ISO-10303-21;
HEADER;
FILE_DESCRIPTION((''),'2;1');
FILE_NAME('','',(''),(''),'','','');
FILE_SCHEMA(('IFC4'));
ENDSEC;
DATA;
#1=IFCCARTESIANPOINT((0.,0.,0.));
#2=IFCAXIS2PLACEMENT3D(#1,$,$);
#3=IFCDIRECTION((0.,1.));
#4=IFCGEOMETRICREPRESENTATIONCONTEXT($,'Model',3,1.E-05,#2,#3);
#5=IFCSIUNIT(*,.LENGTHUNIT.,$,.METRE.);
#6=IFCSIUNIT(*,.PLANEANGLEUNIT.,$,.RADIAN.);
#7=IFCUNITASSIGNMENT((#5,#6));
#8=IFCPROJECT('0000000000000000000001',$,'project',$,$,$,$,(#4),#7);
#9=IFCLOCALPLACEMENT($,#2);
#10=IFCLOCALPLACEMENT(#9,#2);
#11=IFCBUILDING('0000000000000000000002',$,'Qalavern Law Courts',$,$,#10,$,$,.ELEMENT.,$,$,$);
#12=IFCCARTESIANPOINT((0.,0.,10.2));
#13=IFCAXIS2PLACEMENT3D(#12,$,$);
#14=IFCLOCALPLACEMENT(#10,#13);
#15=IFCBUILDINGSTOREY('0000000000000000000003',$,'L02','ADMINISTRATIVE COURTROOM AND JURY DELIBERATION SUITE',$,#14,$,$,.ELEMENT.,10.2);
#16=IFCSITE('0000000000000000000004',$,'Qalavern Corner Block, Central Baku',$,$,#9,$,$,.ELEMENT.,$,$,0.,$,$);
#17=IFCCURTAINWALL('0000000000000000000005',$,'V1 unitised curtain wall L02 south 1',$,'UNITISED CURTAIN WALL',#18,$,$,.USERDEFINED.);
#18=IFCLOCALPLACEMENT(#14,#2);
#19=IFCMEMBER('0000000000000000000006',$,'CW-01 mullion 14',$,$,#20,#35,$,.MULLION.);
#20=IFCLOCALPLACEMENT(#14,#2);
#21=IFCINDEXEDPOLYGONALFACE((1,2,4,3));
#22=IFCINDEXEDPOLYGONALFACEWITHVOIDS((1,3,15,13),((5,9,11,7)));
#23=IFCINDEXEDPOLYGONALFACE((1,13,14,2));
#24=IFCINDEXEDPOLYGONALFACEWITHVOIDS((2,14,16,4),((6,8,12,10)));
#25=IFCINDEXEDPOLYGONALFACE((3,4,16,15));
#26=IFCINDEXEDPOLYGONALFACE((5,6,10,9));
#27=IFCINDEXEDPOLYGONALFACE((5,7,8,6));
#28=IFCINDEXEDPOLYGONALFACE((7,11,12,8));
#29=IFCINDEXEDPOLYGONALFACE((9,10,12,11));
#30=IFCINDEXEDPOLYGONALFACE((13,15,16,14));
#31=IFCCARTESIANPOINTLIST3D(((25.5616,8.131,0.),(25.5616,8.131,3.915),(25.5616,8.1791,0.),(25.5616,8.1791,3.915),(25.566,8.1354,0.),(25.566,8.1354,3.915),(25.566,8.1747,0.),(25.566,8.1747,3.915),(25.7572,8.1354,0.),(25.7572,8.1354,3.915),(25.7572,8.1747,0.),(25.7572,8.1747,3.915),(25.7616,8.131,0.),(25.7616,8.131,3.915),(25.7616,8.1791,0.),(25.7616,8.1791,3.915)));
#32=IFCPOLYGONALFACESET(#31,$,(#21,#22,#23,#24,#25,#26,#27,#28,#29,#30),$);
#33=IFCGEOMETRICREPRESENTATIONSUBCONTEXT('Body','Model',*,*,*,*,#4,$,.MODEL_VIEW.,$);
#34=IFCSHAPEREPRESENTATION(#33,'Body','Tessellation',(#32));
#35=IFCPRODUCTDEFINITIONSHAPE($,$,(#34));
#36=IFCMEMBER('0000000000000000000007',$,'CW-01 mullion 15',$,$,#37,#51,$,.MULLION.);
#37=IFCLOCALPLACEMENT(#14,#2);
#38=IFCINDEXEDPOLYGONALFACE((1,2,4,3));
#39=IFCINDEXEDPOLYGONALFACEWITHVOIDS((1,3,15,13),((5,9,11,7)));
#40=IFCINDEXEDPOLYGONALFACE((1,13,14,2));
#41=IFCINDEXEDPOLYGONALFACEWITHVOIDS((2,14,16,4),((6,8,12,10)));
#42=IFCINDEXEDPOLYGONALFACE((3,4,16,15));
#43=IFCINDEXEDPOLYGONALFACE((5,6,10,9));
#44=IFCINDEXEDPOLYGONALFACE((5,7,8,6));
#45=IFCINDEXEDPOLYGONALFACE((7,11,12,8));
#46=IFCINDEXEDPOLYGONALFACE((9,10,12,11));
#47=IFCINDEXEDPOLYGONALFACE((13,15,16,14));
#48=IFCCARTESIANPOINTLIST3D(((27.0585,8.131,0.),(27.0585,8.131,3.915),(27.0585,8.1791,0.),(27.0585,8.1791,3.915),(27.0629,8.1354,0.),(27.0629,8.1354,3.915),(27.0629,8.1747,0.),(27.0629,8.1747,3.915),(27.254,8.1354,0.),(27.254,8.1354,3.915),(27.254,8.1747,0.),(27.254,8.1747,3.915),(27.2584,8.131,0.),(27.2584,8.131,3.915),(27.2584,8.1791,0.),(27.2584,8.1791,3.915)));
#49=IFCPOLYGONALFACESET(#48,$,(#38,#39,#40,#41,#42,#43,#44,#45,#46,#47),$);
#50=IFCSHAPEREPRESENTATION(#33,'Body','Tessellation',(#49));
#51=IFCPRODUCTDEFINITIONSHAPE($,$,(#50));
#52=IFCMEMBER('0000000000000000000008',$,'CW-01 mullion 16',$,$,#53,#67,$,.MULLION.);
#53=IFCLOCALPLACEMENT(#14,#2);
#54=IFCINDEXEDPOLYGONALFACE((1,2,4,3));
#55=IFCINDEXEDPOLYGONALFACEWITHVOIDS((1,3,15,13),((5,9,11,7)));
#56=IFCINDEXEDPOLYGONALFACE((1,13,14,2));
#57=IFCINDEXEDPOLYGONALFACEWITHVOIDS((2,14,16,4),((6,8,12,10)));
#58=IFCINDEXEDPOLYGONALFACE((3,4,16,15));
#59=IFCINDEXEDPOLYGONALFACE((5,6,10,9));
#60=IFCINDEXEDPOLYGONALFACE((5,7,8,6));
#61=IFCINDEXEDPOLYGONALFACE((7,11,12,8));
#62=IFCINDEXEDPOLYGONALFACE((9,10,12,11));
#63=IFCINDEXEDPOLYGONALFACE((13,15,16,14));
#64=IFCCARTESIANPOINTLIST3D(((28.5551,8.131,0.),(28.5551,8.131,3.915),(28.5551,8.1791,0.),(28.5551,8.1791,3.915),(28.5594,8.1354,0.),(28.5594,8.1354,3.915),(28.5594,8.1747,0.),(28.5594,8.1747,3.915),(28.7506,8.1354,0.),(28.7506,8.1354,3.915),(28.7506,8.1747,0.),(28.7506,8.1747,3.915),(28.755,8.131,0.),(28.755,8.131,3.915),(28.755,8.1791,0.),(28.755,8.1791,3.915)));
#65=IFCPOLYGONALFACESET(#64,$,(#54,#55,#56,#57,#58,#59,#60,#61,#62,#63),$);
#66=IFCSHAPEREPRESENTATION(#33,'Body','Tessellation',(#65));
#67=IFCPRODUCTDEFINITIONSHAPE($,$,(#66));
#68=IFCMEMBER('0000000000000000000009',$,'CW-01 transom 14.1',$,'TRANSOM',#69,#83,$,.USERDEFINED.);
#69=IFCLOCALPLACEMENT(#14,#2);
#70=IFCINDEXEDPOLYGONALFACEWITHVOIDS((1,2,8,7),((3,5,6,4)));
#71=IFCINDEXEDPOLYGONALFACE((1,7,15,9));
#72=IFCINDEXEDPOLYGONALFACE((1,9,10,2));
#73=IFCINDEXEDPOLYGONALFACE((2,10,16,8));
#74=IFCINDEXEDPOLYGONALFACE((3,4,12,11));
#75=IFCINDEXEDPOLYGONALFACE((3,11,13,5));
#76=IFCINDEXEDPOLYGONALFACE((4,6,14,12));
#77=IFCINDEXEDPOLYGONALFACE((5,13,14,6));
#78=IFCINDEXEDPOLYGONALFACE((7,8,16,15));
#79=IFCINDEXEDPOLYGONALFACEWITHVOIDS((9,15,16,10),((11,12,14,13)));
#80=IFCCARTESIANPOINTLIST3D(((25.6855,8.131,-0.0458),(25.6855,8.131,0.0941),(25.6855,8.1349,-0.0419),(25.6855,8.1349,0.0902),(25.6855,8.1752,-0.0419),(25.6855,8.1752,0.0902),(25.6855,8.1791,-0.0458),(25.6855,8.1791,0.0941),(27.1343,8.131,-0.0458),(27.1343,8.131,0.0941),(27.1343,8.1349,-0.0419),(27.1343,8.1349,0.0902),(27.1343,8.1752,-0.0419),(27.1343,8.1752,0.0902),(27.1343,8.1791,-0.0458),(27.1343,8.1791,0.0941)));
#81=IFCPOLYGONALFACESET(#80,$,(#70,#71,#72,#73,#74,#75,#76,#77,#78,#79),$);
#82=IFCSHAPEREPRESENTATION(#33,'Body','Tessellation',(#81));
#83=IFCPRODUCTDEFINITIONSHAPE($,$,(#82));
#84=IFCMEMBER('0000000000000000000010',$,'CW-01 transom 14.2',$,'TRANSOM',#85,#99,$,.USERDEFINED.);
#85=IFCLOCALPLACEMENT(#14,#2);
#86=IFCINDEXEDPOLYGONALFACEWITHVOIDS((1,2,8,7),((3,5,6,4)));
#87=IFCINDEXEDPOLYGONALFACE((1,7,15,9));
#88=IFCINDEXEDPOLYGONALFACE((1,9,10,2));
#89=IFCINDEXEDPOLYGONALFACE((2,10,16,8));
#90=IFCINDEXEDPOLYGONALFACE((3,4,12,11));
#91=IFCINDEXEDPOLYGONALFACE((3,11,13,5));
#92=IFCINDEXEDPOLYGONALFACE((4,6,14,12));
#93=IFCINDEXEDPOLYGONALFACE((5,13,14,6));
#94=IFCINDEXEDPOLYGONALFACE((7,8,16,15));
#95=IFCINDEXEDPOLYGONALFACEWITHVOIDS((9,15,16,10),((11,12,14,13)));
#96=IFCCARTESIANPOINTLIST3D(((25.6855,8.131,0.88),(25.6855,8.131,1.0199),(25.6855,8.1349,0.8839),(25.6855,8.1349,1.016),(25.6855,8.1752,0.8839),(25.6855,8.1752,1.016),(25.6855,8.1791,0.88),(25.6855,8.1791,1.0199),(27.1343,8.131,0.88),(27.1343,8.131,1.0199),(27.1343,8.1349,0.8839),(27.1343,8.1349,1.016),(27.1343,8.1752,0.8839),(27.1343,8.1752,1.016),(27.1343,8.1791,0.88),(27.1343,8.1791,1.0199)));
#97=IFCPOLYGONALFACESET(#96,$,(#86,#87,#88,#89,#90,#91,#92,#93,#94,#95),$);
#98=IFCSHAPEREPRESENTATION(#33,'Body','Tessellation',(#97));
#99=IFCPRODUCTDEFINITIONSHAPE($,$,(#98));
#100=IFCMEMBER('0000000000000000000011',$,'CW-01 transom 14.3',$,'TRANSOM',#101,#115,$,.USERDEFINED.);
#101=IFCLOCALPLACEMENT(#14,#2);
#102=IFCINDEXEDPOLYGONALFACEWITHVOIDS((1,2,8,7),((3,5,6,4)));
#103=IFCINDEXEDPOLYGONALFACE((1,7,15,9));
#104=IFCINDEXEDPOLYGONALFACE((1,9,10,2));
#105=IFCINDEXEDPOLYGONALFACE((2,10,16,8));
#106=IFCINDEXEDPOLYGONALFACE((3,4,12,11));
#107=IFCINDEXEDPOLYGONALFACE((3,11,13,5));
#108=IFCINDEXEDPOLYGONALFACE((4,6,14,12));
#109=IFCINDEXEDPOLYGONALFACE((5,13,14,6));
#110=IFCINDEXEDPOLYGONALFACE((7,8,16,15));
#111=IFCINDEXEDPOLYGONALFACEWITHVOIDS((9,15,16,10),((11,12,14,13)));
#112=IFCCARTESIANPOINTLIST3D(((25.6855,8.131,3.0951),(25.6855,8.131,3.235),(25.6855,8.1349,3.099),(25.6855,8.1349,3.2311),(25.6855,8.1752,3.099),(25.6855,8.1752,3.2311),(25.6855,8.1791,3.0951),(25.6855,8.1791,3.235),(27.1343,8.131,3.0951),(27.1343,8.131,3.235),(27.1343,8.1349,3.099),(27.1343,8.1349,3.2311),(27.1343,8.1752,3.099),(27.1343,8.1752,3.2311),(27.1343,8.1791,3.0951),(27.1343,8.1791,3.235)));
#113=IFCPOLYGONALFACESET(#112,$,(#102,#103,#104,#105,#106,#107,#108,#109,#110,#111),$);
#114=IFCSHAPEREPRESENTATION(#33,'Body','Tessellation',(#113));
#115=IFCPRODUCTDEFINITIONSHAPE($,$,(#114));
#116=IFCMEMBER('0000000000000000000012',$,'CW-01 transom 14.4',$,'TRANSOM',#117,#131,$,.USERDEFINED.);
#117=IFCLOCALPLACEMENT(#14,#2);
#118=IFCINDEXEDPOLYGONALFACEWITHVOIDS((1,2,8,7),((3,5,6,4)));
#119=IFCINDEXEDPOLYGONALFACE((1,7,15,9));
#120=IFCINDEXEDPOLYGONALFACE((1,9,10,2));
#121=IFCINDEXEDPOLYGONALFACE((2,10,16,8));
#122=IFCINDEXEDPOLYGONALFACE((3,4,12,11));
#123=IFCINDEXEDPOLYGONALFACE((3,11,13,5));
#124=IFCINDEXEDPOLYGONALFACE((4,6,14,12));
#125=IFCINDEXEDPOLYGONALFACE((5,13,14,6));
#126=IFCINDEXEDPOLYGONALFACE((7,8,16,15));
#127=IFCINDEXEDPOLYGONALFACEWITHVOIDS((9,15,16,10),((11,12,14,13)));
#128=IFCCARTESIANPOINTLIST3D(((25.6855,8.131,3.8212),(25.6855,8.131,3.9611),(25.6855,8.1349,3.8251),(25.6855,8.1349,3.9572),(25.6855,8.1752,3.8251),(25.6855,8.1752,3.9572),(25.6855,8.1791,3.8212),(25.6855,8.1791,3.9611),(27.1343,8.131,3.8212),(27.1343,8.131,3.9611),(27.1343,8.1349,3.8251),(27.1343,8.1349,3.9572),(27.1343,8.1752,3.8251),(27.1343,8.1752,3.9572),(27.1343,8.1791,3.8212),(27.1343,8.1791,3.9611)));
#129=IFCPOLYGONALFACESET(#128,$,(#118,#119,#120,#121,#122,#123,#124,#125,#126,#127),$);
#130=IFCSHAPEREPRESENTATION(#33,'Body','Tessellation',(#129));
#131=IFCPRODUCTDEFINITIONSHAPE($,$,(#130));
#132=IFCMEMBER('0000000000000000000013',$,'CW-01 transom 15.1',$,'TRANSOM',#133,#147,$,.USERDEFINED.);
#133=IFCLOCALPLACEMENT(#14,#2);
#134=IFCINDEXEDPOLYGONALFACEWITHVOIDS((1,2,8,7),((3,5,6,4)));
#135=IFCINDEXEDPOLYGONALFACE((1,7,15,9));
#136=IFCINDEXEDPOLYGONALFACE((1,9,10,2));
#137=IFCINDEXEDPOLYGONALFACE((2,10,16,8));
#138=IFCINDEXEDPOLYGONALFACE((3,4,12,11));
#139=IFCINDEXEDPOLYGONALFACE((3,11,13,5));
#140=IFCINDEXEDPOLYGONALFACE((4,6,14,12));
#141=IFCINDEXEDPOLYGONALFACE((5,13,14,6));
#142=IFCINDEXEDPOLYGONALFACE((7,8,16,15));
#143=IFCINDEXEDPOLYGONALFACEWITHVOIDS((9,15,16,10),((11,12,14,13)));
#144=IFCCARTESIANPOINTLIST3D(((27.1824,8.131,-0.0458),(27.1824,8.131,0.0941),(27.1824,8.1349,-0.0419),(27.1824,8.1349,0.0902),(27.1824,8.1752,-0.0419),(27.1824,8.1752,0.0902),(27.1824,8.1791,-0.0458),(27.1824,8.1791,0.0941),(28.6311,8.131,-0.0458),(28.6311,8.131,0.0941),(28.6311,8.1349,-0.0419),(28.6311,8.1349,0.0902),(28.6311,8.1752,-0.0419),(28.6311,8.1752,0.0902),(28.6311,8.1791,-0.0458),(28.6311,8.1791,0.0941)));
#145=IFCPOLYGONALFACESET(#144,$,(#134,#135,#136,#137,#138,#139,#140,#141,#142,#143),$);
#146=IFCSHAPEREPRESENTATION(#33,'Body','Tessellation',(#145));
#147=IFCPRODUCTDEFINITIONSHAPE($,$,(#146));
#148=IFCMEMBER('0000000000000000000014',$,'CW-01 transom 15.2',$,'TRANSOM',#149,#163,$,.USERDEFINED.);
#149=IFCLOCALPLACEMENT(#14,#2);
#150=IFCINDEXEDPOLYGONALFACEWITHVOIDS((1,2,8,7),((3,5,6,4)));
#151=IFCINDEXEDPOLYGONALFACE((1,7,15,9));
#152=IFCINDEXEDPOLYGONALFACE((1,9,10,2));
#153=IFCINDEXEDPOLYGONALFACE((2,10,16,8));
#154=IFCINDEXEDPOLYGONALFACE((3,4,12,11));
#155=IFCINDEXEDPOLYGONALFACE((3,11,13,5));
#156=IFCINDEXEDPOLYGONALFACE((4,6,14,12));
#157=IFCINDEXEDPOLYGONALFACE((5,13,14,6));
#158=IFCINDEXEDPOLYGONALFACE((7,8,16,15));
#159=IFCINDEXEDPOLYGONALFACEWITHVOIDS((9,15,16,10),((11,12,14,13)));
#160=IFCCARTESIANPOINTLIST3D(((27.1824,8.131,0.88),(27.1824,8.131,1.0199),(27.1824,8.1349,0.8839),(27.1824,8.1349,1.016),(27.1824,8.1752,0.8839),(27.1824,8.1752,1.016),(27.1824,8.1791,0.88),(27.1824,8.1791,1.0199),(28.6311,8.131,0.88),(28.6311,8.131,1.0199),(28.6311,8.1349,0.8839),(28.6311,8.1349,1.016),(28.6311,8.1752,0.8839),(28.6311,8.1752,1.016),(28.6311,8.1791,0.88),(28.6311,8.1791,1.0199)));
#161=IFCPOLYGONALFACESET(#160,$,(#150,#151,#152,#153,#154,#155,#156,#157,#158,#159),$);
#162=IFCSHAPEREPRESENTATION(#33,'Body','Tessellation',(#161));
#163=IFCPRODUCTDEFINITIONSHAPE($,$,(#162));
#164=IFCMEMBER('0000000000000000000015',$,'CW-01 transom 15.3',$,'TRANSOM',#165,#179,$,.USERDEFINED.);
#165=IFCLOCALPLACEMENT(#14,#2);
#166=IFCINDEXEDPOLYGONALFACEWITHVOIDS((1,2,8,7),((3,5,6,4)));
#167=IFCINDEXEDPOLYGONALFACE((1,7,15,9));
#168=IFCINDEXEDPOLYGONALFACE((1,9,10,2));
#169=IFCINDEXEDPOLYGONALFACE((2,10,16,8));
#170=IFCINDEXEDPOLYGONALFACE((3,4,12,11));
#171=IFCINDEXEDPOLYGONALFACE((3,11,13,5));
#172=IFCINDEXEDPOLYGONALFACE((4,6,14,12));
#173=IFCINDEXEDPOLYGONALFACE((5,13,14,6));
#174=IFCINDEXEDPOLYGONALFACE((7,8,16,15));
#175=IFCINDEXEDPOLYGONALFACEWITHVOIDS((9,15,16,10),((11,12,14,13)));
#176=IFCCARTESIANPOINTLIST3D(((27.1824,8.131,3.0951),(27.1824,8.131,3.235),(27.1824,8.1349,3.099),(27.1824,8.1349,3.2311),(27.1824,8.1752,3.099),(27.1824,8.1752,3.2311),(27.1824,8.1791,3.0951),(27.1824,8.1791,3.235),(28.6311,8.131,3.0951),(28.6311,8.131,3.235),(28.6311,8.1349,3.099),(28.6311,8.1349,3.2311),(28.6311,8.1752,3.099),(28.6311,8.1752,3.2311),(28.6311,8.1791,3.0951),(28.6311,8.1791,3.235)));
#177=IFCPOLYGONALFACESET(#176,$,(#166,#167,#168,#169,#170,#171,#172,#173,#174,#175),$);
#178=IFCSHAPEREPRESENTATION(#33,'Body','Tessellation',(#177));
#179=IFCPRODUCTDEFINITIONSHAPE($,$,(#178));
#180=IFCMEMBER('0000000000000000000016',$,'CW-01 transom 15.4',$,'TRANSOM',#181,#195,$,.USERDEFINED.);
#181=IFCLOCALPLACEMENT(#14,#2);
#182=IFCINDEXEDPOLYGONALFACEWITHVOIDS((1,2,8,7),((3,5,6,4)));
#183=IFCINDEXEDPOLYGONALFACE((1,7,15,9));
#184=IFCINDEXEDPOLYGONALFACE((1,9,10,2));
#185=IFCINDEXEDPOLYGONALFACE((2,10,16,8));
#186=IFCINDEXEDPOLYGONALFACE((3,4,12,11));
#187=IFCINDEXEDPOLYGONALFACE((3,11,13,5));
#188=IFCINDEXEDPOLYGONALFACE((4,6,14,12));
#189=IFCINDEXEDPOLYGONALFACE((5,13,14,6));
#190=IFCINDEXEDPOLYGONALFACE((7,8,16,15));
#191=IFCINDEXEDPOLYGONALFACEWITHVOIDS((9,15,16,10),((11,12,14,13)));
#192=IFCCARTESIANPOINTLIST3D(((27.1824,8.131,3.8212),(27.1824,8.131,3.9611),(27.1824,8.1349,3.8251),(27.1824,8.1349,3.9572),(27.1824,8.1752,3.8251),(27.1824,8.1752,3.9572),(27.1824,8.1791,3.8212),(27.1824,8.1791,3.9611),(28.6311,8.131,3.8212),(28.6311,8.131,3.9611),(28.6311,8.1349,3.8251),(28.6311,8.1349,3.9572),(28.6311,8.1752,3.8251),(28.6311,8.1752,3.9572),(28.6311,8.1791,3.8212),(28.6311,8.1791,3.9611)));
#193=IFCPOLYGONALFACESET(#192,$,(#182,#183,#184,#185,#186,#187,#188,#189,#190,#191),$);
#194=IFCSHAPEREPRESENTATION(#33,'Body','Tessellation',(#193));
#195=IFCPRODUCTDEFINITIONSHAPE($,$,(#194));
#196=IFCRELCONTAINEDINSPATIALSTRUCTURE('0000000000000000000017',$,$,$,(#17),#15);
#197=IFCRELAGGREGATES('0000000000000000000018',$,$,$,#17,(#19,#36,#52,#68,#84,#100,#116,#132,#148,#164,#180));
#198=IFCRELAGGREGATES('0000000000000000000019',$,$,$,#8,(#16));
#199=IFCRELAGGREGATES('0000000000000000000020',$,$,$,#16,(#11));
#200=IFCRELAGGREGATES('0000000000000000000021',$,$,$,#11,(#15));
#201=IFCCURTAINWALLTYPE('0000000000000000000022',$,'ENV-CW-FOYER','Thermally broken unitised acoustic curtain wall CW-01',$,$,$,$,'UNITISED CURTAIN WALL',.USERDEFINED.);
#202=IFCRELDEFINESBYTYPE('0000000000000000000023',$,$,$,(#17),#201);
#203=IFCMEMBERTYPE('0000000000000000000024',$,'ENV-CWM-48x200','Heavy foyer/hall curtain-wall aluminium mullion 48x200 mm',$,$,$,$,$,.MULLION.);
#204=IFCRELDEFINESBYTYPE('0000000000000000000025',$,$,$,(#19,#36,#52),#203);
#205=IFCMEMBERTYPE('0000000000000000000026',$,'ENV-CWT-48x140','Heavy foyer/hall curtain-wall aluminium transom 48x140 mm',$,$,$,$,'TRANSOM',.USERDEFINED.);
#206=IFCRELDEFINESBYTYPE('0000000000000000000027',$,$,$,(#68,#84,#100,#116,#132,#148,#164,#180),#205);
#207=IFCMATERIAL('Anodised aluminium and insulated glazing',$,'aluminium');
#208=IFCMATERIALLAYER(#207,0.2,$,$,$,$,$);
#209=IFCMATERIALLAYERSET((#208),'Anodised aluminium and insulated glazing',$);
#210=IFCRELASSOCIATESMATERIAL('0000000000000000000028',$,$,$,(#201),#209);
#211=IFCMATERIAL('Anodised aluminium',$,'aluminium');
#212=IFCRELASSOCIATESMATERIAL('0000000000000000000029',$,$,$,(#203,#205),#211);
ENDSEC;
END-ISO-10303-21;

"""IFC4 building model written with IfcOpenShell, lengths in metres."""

from ifc_helpers import new_model, si_unit, direction, frame, origin, origin_2d, place, context, subcontext, project, spatial, hollow_rectangle, extrude, material, layer, layer_set, material_profile, profile_set, type_object, element, aggregate, save


model = new_model("IFC4")

# Units and contexts
model_context = context("Model", 3, precision=1e-05, world=origin(), true_north=direction((0.0, 1.0)))
body_context = subcontext(model_context, "Body", "Model", "MODEL_VIEW")
ifc_project = project(units=[si_unit("LENGTHUNIT", "METRE"), si_unit("PLANEANGLEUNIT", "RADIAN")], contexts=[model_context])

# Site, building, storey
site_placement = place(None, origin())
site = spatial("IfcSite", under=ifc_project, at=site_placement, Name="Qalavern Corner Block, Central Baku", CompositionType="ELEMENT", RefElevation=0.0)
building_placement = place(site_placement, origin())
building = spatial("IfcBuilding", under=site, at=building_placement, Name="Qalavern Law Courts", CompositionType="ELEMENT")
storey_placement = place(building_placement, frame((0.0, 0.0, 10.2)))
storey = spatial("IfcBuildingStorey", under=building, at=storey_placement, Name="L02", Description="ADMINISTRATIVE COURTROOM AND JURY DELIBERATION SUITE", CompositionType="ELEMENT", Elevation=10.2)

# Curtain wall, members
ifc_material_1 = material(Name="Anodised aluminium and insulated glazing", Category="aluminium")
ifc_layer_1 = layer(ifc_material_1, 0.2)
ifc_layer_set_1 = layer_set([ifc_layer_1], Name="Anodised aluminium and insulated glazing")
curtain_wall_type = type_object("IfcCurtainWallType", Name="ENV-CW-FOYER", Description="Thermally broken unitised acoustic curtain wall CW-01", ElementType="UNITISED CURTAIN WALL", PredefinedType="USERDEFINED", material=ifc_layer_set_1)
curtain_wall_placement = place(storey_placement, origin())
curtain_wall = element("IfcCurtainWall", 1, at=curtain_wall_placement, inside=storey, type_object=curtain_wall_type, Name="V1 unitised curtain wall L02 south 1", ObjectType="UNITISED CURTAIN WALL", PredefinedType="USERDEFINED")
ifc_material_2 = material(Name="Anodised aluminium", Category="aluminium")
ifc_material_profile_1 = material_profile(ifc_material_2, hollow_rectangle(XDim=0.0481, YDim=0.2, WallThickness=0.0044, at=origin_2d()), Name="ALU MULLION 48x200")
ifc_profile_set_1 = profile_set([ifc_material_profile_1], Name="Anodised aluminium")
member_type_1 = type_object("IfcMemberType", Name="ENV-CWM-48x200", Description="Heavy foyer/hall curtain-wall aluminium mullion 48x200 mm", PredefinedType="MULLION", material=ifc_profile_set_1)
member_1_placement = place(storey_placement, frame((25.6616, 8.155, 0.0), z_axis=(0.0, 0.0, 1.0), x_axis=(0.0, 1.0, 0.0)))
member_1 = element("IfcMember", 2, at=member_1_placement, type_object=member_type_1, Name="CW-01 mullion 14", PredefinedType="MULLION", context=body_context, shape_type="SweptSolid", body=[
    extrude(hollow_rectangle(XDim=0.0481, YDim=0.2, WallThickness=0.0044, at=origin_2d()), origin(), (0.0, 0.0, 1.0), 3.915),
])
member_2_placement = place(storey_placement, frame((27.1584, 8.155, 0.0), z_axis=(0.0, 0.0, 1.0), x_axis=(0.0, 1.0, 0.0)))
member_2 = element("IfcMember", 3, at=member_2_placement, type_object=member_type_1, Name="CW-01 mullion 15", PredefinedType="MULLION", context=body_context, shape_type="SweptSolid", body=[
    extrude(hollow_rectangle(XDim=0.0481, YDim=0.2, WallThickness=0.0044, at=origin_2d()), origin(), (0.0, 0.0, 1.0), 3.915),
])
member_3_placement = place(storey_placement, frame((28.655, 8.155, 0.0), z_axis=(0.0, 0.0, 1.0), x_axis=(0.0, 1.0, 0.0)))
member_3 = element("IfcMember", 4, at=member_3_placement, type_object=member_type_1, Name="CW-01 mullion 16", PredefinedType="MULLION", context=body_context, shape_type="SweptSolid", body=[
    extrude(hollow_rectangle(XDim=0.0481, YDim=0.2, WallThickness=0.0044, at=origin_2d()), origin(), (0.0, 0.0, 1.0), 3.915),
])
ifc_material_profile_2 = material_profile(ifc_material_2, hollow_rectangle(XDim=0.0481, YDim=0.1399, WallThickness=0.0039, at=origin_2d()), Name="ALU TRANSOM 48x140")
ifc_profile_set_2 = profile_set([ifc_material_profile_2], Name="Anodised aluminium")
member_type_2 = type_object("IfcMemberType", Name="ENV-CWT-48x140", Description="Heavy foyer/hall curtain-wall aluminium transom 48x140 mm", ElementType="TRANSOM", PredefinedType="USERDEFINED", material=ifc_profile_set_2)
member_4_placement = place(storey_placement, frame((25.6855, 8.155, 0.0242), z_axis=(1.0, 0.0, 0.0), x_axis=(0.0, 1.0, 0.0)))
member_4 = element("IfcMember", 5, at=member_4_placement, type_object=member_type_2, Name="CW-01 transom 14.1", ObjectType="TRANSOM", PredefinedType="USERDEFINED", context=body_context, shape_type="SweptSolid", body=[
    extrude(hollow_rectangle(XDim=0.0481, YDim=0.1399, WallThickness=0.0039, at=origin_2d()), origin(), (0.0, 0.0, 1.0), 1.4487),
])
member_5_placement = place(storey_placement, frame((25.6855, 8.155, 0.95), z_axis=(1.0, 0.0, 0.0), x_axis=(0.0, 1.0, 0.0)))
member_5 = element("IfcMember", 6, at=member_5_placement, type_object=member_type_2, Name="CW-01 transom 14.2", ObjectType="TRANSOM", PredefinedType="USERDEFINED", context=body_context, shape_type="SweptSolid", body=[
    extrude(hollow_rectangle(XDim=0.0481, YDim=0.1399, WallThickness=0.0039, at=origin_2d()), origin(), (0.0, 0.0, 1.0), 1.4487),
])
member_6_placement = place(storey_placement, frame((25.6855, 8.155, 3.165), z_axis=(1.0, 0.0, 0.0), x_axis=(0.0, 1.0, 0.0)))
member_6 = element("IfcMember", 7, at=member_6_placement, type_object=member_type_2, Name="CW-01 transom 14.3", ObjectType="TRANSOM", PredefinedType="USERDEFINED", context=body_context, shape_type="SweptSolid", body=[
    extrude(hollow_rectangle(XDim=0.0481, YDim=0.1399, WallThickness=0.0039, at=origin_2d()), origin(), (0.0, 0.0, 1.0), 1.4487),
])
member_7_placement = place(storey_placement, frame((25.6855, 8.155, 3.8911), z_axis=(1.0, 0.0, 0.0), x_axis=(0.0, 1.0, 0.0)))
member_7 = element("IfcMember", 8, at=member_7_placement, type_object=member_type_2, Name="CW-01 transom 14.4", ObjectType="TRANSOM", PredefinedType="USERDEFINED", context=body_context, shape_type="SweptSolid", body=[
    extrude(hollow_rectangle(XDim=0.0481, YDim=0.1399, WallThickness=0.0039, at=origin_2d()), origin(), (0.0, 0.0, 1.0), 1.4487),
])
member_8_placement = place(storey_placement, frame((27.1824, 8.155, 0.0242), z_axis=(1.0, 0.0, 0.0), x_axis=(0.0, 1.0, 0.0)))
member_8 = element("IfcMember", 9, at=member_8_placement, type_object=member_type_2, Name="CW-01 transom 15.1", ObjectType="TRANSOM", PredefinedType="USERDEFINED", context=body_context, shape_type="SweptSolid", body=[
    extrude(hollow_rectangle(XDim=0.0481, YDim=0.1399, WallThickness=0.0039, at=origin_2d()), origin(), (0.0, 0.0, 1.0), 1.4487),
])
member_9_placement = place(storey_placement, frame((27.1824, 8.155, 0.95), z_axis=(1.0, 0.0, 0.0), x_axis=(0.0, 1.0, 0.0)))
member_9 = element("IfcMember", 10, at=member_9_placement, type_object=member_type_2, Name="CW-01 transom 15.2", ObjectType="TRANSOM", PredefinedType="USERDEFINED", context=body_context, shape_type="SweptSolid", body=[
    extrude(hollow_rectangle(XDim=0.0481, YDim=0.1399, WallThickness=0.0039, at=origin_2d()), origin(), (0.0, 0.0, 1.0), 1.4487),
])
member_10_placement = place(storey_placement, frame((27.1824, 8.155, 3.165), z_axis=(1.0, 0.0, 0.0), x_axis=(0.0, 1.0, 0.0)))
member_10 = element("IfcMember", 11, at=member_10_placement, type_object=member_type_2, Name="CW-01 transom 15.3", ObjectType="TRANSOM", PredefinedType="USERDEFINED", context=body_context, shape_type="SweptSolid", body=[
    extrude(hollow_rectangle(XDim=0.0481, YDim=0.1399, WallThickness=0.0039, at=origin_2d()), origin(), (0.0, 0.0, 1.0), 1.4487),
])
member_11_placement = place(storey_placement, frame((27.1824, 8.155, 3.8911), z_axis=(1.0, 0.0, 0.0), x_axis=(0.0, 1.0, 0.0)))
member_11 = element("IfcMember", 12, at=member_11_placement, type_object=member_type_2, Name="CW-01 transom 15.4", ObjectType="TRANSOM", PredefinedType="USERDEFINED", context=body_context, shape_type="SweptSolid", body=[
    extrude(hollow_rectangle(XDim=0.0481, YDim=0.1399, WallThickness=0.0039, at=origin_2d()), origin(), (0.0, 0.0, 1.0), 1.4487),
])

aggregate(curtain_wall, [member_1, member_2, member_3, member_4, member_5, member_6, member_7, member_8, member_9, member_10, member_11])

save(model, "model.ifc")
